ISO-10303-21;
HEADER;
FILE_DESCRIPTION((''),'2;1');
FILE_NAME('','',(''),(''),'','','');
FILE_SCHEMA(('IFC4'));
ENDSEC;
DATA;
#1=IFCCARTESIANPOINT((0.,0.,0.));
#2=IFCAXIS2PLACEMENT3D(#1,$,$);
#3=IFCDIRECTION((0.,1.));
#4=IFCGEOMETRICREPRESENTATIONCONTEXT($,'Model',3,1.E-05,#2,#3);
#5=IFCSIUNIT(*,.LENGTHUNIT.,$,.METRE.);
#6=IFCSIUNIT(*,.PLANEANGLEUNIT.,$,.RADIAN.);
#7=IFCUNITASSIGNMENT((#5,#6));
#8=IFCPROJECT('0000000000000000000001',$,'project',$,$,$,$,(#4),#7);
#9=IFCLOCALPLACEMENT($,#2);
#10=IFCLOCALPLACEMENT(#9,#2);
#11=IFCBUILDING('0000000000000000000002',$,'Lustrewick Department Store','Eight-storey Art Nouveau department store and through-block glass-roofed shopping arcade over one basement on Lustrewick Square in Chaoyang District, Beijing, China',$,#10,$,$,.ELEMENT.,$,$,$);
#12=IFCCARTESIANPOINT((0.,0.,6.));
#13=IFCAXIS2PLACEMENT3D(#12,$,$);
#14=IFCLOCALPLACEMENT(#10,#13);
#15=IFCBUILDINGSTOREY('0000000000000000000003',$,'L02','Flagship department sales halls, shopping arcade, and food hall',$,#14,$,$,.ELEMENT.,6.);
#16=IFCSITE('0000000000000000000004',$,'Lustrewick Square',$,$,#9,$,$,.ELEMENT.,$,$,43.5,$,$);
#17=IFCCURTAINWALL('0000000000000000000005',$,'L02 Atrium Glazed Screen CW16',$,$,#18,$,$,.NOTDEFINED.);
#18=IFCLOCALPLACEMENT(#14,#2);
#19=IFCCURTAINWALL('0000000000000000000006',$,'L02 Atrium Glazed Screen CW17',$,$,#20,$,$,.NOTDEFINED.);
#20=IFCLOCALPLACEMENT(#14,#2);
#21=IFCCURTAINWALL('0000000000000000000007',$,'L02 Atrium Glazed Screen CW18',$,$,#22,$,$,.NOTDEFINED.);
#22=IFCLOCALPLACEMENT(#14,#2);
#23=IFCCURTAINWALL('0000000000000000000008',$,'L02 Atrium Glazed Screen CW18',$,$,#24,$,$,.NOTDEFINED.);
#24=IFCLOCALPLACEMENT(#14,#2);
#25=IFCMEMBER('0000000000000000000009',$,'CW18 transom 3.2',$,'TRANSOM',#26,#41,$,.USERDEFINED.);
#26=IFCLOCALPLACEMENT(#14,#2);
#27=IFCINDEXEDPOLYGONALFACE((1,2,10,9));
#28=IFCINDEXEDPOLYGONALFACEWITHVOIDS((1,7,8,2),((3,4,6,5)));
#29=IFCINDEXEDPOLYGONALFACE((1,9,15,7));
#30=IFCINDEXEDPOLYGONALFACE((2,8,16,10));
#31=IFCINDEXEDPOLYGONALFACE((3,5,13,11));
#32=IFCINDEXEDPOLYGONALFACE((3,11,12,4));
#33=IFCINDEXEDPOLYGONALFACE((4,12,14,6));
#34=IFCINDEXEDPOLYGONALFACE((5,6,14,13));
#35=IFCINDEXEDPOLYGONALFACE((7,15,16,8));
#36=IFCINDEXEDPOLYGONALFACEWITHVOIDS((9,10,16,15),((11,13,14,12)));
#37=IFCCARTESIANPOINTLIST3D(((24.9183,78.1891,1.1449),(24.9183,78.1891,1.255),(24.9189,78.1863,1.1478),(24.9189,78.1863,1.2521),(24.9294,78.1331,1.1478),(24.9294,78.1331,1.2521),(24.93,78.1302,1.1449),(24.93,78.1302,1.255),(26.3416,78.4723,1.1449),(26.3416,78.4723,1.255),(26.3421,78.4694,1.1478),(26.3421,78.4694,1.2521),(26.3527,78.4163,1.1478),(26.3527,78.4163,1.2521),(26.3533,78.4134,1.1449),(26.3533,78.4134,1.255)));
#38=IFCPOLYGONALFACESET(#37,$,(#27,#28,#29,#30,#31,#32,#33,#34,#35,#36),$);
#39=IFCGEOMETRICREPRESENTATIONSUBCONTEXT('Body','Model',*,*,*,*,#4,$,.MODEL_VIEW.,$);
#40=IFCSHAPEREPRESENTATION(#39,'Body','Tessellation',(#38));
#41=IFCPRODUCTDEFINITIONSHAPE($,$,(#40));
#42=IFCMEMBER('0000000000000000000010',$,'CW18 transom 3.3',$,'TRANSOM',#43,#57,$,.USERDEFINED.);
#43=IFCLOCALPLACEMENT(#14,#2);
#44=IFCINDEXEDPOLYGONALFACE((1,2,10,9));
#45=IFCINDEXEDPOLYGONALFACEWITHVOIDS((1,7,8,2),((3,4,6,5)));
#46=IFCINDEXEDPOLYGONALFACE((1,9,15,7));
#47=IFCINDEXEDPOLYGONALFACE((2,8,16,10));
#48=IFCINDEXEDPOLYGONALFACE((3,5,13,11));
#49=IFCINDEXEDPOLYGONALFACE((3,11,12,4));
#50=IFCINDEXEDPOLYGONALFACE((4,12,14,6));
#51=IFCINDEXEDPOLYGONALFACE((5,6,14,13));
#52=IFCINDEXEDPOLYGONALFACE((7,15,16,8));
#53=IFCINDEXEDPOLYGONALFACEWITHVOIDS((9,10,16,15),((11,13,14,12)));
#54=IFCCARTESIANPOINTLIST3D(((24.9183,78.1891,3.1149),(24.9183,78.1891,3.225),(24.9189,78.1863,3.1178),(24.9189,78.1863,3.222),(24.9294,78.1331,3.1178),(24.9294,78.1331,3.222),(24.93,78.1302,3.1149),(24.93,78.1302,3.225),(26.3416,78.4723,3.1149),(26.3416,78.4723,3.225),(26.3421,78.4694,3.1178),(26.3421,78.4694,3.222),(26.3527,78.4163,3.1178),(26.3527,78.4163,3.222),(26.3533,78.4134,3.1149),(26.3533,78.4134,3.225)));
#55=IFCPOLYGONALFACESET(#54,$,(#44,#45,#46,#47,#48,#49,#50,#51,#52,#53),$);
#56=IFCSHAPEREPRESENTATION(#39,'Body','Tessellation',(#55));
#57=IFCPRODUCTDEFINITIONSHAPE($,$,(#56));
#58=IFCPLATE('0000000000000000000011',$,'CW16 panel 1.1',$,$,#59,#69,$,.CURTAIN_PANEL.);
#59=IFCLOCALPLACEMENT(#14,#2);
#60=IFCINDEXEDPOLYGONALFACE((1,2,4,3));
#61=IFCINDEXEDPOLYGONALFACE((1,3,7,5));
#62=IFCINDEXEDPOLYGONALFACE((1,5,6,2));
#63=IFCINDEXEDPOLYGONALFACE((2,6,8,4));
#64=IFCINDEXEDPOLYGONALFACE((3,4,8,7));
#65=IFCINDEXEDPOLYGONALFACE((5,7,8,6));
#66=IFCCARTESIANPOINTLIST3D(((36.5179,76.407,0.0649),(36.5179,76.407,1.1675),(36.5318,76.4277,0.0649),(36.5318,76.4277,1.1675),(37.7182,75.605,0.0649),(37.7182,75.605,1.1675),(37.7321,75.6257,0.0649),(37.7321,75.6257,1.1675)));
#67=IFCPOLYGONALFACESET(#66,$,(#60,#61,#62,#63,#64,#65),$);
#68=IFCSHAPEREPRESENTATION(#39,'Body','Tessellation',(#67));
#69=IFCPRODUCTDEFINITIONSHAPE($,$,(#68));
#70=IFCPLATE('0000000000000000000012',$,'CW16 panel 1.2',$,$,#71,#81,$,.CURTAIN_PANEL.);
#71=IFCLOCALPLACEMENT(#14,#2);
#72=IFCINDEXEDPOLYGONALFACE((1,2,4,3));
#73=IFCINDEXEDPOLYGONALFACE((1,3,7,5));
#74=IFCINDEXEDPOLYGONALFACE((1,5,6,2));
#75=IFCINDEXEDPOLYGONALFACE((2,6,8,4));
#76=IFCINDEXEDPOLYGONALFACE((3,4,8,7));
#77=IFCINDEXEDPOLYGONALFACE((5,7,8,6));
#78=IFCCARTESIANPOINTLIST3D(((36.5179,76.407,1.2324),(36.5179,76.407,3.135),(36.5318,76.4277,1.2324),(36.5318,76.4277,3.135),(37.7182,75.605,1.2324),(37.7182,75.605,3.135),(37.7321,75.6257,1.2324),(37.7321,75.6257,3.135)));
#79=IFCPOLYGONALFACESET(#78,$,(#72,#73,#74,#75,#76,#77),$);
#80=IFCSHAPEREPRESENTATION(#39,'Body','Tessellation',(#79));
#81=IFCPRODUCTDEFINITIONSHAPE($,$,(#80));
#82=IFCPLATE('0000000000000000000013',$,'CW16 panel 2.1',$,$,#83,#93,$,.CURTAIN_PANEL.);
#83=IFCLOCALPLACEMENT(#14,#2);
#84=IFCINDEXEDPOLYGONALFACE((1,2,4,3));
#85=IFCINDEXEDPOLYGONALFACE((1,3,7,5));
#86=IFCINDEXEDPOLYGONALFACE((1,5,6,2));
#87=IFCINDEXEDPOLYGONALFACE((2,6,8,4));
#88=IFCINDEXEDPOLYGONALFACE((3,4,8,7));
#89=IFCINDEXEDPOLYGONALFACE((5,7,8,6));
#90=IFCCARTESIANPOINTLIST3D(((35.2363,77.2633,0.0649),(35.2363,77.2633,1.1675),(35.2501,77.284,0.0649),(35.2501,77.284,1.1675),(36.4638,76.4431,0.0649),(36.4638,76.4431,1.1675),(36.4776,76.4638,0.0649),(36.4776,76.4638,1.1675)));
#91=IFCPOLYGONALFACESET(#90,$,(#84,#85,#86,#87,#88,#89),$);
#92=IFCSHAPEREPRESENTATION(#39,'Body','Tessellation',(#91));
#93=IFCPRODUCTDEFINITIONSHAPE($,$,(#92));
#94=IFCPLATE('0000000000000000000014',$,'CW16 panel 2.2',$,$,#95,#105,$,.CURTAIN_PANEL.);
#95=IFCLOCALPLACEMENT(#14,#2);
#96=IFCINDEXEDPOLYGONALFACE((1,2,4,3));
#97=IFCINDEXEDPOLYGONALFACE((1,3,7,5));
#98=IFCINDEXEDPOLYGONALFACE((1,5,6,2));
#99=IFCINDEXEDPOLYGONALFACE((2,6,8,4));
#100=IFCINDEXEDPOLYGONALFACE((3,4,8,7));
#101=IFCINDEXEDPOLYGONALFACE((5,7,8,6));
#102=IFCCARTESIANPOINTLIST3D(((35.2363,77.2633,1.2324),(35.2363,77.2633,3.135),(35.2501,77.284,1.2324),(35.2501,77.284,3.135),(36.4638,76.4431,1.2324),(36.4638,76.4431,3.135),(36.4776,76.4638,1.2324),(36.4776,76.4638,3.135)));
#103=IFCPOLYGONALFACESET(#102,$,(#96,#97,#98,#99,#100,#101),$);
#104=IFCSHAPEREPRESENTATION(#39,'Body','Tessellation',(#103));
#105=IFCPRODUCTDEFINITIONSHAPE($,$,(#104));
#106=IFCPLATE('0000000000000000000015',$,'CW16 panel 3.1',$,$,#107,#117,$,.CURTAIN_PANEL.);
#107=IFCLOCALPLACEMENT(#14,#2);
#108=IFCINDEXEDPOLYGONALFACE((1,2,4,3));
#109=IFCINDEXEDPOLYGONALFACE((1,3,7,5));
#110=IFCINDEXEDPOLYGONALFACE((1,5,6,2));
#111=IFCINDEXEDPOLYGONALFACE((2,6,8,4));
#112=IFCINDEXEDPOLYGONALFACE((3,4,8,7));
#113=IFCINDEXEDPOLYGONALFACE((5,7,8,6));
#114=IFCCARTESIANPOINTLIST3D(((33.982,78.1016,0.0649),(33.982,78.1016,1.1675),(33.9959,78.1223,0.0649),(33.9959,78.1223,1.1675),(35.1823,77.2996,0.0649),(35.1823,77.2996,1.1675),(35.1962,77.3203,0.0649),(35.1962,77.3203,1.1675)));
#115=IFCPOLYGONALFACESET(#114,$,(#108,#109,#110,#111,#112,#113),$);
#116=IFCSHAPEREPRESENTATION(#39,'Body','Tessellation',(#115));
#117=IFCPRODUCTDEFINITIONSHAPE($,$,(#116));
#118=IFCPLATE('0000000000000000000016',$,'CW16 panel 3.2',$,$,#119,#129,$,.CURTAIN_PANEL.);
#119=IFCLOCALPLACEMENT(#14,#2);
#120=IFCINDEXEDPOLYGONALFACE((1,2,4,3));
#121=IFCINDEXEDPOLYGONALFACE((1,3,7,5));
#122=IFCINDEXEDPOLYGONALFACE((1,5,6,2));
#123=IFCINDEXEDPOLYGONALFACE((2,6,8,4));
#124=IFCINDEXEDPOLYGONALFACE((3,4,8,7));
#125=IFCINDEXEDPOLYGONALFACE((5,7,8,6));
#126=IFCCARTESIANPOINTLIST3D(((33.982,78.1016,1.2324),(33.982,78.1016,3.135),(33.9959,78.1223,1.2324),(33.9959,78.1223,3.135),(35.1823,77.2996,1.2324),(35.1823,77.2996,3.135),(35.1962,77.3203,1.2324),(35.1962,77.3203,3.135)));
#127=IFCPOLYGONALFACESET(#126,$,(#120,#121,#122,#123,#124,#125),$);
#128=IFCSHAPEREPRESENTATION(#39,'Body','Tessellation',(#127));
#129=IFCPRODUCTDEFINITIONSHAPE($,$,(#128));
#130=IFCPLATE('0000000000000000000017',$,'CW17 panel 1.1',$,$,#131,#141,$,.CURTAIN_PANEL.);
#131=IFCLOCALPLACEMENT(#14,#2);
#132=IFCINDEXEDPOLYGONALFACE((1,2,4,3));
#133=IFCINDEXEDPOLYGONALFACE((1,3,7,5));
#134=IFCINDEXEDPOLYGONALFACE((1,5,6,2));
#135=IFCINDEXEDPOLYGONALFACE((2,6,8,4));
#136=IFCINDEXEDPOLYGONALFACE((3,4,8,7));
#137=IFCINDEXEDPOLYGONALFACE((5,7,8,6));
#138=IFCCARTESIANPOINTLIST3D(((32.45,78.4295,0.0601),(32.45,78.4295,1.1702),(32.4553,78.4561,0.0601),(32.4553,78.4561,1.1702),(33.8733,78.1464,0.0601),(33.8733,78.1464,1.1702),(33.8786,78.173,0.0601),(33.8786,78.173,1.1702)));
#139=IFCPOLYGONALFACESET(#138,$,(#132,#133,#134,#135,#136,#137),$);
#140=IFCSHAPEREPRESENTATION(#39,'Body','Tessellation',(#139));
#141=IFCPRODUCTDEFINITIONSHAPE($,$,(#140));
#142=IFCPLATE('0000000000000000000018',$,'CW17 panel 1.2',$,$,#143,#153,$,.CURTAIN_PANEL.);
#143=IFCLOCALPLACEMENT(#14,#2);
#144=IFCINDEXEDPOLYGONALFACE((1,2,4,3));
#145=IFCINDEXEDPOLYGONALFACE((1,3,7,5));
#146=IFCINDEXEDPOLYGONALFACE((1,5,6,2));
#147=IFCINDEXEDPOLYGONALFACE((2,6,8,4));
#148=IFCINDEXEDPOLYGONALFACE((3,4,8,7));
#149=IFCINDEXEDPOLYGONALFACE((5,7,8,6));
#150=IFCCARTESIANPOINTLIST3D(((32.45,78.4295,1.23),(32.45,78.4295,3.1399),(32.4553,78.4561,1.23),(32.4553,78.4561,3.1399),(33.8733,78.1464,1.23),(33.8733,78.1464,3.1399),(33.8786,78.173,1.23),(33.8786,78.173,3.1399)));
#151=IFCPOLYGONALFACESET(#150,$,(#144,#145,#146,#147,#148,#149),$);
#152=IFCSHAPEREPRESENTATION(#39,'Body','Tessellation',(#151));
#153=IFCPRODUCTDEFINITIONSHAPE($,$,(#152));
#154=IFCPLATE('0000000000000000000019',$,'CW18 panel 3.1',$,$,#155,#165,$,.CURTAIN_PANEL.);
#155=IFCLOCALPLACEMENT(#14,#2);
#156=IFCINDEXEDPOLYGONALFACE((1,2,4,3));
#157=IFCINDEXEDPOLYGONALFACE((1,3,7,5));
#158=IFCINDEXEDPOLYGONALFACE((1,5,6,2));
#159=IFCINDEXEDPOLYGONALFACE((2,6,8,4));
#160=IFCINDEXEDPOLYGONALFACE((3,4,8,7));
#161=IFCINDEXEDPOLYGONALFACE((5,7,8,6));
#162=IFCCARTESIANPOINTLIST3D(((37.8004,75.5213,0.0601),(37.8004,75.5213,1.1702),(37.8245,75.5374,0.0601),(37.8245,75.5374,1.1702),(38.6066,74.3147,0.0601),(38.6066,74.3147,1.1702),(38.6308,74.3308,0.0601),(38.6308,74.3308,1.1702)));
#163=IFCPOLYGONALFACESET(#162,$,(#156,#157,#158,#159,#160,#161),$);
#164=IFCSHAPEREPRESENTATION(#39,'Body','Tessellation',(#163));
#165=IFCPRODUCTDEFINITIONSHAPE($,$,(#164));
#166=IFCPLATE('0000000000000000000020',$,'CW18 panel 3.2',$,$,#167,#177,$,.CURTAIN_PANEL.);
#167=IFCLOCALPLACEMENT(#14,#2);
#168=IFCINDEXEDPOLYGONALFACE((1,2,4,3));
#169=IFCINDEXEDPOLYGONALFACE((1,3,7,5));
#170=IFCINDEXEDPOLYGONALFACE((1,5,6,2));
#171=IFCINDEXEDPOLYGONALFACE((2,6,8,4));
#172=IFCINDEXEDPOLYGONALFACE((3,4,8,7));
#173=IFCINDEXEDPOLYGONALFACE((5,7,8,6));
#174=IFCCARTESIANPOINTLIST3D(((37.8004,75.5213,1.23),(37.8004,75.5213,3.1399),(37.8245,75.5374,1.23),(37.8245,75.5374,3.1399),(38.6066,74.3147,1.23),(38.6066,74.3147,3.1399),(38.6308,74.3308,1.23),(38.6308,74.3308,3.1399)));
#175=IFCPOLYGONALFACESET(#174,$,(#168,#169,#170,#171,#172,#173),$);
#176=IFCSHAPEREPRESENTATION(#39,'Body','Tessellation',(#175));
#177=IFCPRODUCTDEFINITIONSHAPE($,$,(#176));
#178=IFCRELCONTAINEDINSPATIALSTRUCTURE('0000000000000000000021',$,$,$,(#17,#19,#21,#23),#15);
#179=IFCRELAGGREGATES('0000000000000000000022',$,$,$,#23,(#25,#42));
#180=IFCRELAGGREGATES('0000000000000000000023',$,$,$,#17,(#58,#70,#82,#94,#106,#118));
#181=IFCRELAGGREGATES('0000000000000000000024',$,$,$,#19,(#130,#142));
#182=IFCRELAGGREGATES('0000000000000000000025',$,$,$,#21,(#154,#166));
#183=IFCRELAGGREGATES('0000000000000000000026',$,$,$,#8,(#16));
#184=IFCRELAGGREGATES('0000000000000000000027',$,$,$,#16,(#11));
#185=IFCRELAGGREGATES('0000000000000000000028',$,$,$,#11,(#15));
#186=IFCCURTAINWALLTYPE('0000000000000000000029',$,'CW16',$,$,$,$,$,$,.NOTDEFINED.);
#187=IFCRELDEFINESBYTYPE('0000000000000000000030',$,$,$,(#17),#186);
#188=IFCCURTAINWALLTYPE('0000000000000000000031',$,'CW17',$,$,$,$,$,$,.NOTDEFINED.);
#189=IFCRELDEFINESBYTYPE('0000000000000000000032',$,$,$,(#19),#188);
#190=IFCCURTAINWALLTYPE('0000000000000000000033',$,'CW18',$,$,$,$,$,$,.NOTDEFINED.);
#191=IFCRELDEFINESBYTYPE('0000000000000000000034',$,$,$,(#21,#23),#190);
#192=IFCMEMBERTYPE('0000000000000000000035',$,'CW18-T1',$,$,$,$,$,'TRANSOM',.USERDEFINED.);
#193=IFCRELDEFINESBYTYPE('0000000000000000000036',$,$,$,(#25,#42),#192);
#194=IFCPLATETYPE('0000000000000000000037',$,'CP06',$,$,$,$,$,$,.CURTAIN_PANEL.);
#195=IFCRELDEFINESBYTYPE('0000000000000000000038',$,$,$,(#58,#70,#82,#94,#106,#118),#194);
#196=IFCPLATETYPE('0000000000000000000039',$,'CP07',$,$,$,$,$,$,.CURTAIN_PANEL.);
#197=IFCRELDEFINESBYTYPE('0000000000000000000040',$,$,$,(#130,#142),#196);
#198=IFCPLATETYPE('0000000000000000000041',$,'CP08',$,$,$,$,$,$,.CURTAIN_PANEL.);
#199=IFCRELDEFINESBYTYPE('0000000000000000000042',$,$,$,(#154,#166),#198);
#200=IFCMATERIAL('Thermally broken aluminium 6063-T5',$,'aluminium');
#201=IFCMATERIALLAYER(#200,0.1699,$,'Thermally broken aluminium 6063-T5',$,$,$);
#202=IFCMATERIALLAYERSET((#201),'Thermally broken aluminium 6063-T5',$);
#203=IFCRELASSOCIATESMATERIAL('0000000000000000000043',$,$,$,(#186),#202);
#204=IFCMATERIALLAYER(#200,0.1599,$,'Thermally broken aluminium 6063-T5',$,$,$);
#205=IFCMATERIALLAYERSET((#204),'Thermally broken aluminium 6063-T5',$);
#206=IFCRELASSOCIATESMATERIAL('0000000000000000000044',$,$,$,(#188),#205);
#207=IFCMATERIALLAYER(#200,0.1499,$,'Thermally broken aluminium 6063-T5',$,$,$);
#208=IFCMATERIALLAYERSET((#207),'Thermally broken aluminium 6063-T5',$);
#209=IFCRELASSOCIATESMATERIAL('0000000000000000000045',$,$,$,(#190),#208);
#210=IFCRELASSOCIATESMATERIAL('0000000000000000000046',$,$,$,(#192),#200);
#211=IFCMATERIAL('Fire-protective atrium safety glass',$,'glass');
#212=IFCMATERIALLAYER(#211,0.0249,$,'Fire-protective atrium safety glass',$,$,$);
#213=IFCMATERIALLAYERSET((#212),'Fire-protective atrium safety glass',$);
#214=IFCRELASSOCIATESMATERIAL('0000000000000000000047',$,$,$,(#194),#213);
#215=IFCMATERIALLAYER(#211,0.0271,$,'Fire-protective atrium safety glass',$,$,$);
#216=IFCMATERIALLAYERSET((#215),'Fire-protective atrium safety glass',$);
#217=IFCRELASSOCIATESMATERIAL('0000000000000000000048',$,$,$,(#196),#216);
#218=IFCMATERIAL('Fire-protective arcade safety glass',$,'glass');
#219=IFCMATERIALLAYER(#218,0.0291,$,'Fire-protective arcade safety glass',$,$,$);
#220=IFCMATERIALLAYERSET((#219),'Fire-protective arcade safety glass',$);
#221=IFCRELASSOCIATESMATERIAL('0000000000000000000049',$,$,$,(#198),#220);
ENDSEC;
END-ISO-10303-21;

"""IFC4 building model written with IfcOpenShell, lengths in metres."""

from ifc_helpers import new_model, si_unit, direction, frame, origin, origin_2d, place, context, subcontext, project, spatial, rectangle, hollow_rectangle, extrude, material, layer, layer_set, material_profile, profile_set, type_object, element, aggregate, save


model = new_model("IFC4")

# Units and contexts
model_context = context("Model", 3, precision=1e-05, world=origin(), true_north=direction((0.0, 1.0)))
body_context = subcontext(model_context, "Body", "Model", "MODEL_VIEW")
ifc_project = project(units=[si_unit("LENGTHUNIT", "METRE"), si_unit("PLANEANGLEUNIT", "RADIAN")], contexts=[model_context])

# Site, building, storey
site_placement = place(None, origin())
site = spatial("IfcSite", under=ifc_project, at=site_placement, Name="Lustrewick Square", CompositionType="ELEMENT", RefElevation=43.5)
building_placement = place(site_placement, origin())
building = spatial("IfcBuilding", under=site, at=building_placement, Name="Lustrewick Department Store", Description="Eight-storey Art Nouveau department store and through-block glass-roofed shopping arcade over one basement on Lustrewick Square in Chaoyang District, Beijing, China", CompositionType="ELEMENT")
storey_placement = place(building_placement, frame((0.0, 0.0, 6.0)))
storey = spatial("IfcBuildingStorey", under=building, at=storey_placement, Name="L02", Description="Flagship department sales halls, shopping arcade, and food hall", CompositionType="ELEMENT", Elevation=6.0)

# Curtain walls
ifc_material_1 = material(Name="Thermally broken aluminium 6063-T5", Category="aluminium")
ifc_layer_1 = layer(ifc_material_1, 0.1699, Name="Thermally broken aluminium 6063-T5")
ifc_layer_set_1 = layer_set([ifc_layer_1], Name="Thermally broken aluminium 6063-T5")
curtain_wall_type_1 = type_object("IfcCurtainWallType", Name="CW16", PredefinedType="NOTDEFINED", material=ifc_layer_set_1)
curtain_wall_1_placement = place(storey_placement, origin())
curtain_wall_1 = element("IfcCurtainWall", 1, at=curtain_wall_1_placement, inside=storey, type_object=curtain_wall_type_1, Name="L02 Atrium Glazed Screen CW16", PredefinedType="NOTDEFINED")
ifc_layer_2 = layer(ifc_material_1, 0.1599, Name="Thermally broken aluminium 6063-T5")
ifc_layer_set_2 = layer_set([ifc_layer_2], Name="Thermally broken aluminium 6063-T5")
curtain_wall_type_2 = type_object("IfcCurtainWallType", Name="CW17", PredefinedType="NOTDEFINED", material=ifc_layer_set_2)
curtain_wall_2_placement = place(storey_placement, origin())
curtain_wall_2 = element("IfcCurtainWall", 2, at=curtain_wall_2_placement, inside=storey, type_object=curtain_wall_type_2, Name="L02 Atrium Glazed Screen CW17", PredefinedType="NOTDEFINED")

# Curtain walls
ifc_layer_3 = layer(ifc_material_1, 0.1499, Name="Thermally broken aluminium 6063-T5")
ifc_layer_set_3 = layer_set([ifc_layer_3], Name="Thermally broken aluminium 6063-T5")
curtain_wall_type_3 = type_object("IfcCurtainWallType", Name="CW18", PredefinedType="NOTDEFINED", material=ifc_layer_set_3)
curtain_wall_3_placement = place(storey_placement, origin())
curtain_wall_3 = element("IfcCurtainWall", 3, at=curtain_wall_3_placement, inside=storey, type_object=curtain_wall_type_3, Name="L02 Atrium Glazed Screen CW18", PredefinedType="NOTDEFINED")
curtain_wall_4_placement = place(storey_placement, origin())
curtain_wall_4 = element("IfcCurtainWall", 4, at=curtain_wall_4_placement, inside=storey, type_object=curtain_wall_type_3, Name="L02 Atrium Glazed Screen CW18", PredefinedType="NOTDEFINED")

# Members
ifc_material_profile_1 = material_profile(ifc_material_1, hollow_rectangle(XDim=0.0601, YDim=0.1101, WallThickness=0.0029, at=origin_2d()), Name="ALU-T 60x110x3")
ifc_profile_set_1 = profile_set([ifc_material_profile_1], Name="Thermally broken aluminium 6063-T5")
member_type_1 = type_object("IfcMemberType", Name="CW18-T1", ElementType="TRANSOM", PredefinedType="USERDEFINED", material=ifc_profile_set_1)
member_1_placement = place(storey_placement, frame((26.3474, 78.4429, 1.2), z_axis=(-0.980774, -0.195145, 0.0), x_axis=(0.195145, -0.980774, 0.0)))
member_1 = element("IfcMember", 5, at=member_1_placement, type_object=member_type_1, Name="CW18 transom 3.2", ObjectType="TRANSOM", PredefinedType="USERDEFINED", context=body_context, shape_type="SweptSolid", body=[
    extrude(hollow_rectangle(XDim=0.0601, YDim=0.1101, WallThickness=0.0029, at=origin_2d()), origin(), (0.0, 0.0, 1.0), 1.4512),
])
member_2_placement = place(storey_placement, frame((26.3474, 78.4429, 3.1699), z_axis=(-0.980774, -0.195145, 0.0), x_axis=(0.195145, -0.980774, 0.0)))
member_2 = element("IfcMember", 6, at=member_2_placement, type_object=member_type_1, Name="CW18 transom 3.3", ObjectType="TRANSOM", PredefinedType="USERDEFINED", context=body_context, shape_type="SweptSolid", body=[
    extrude(hollow_rectangle(XDim=0.0601, YDim=0.1101, WallThickness=0.0029, at=origin_2d()), origin(), (0.0, 0.0, 1.0), 1.4512),
])
aggregate(curtain_wall_4, [member_1, member_2])

# Plates
ifc_material_2 = material(Name="Fire-protective atrium safety glass", Category="glass")
ifc_layer_4 = layer(ifc_material_2, 0.0249, Name="Fire-protective atrium safety glass")
ifc_layer_set_4 = layer_set([ifc_layer_4], Name="Fire-protective atrium safety glass")
plate_type_1 = type_object("IfcPlateType", Name="CP06", PredefinedType="CURTAIN_PANEL", material=ifc_layer_set_4)
plate_1_placement = place(storey_placement, frame((37.125, 76.0164, 0.0649), z_axis=(0.0, 0.0, 1.0), x_axis=(-0.831464, 0.555578, 0.0)))
plate_1 = element("IfcPlate", 7, at=plate_1_placement, type_object=plate_type_1, Name="CW16 panel 1.1", PredefinedType="CURTAIN_PANEL", context=body_context, shape_type="SweptSolid", body=[
    extrude(rectangle(XDim=1.4436, YDim=0.0249, at=origin_2d()), origin(), (0.0, 0.0, 1.0), 1.1025),
])
plate_2_placement = place(storey_placement, frame((37.125, 76.0164, 1.2324), z_axis=(0.0, 0.0, 1.0), x_axis=(-0.831464, 0.555578, 0.0)))
plate_2 = element("IfcPlate", 8, at=plate_2_placement, type_object=plate_type_1, Name="CW16 panel 1.2", PredefinedType="CURTAIN_PANEL", context=body_context, shape_type="SweptSolid", body=[
    extrude(rectangle(XDim=1.4436, YDim=0.0249, at=origin_2d()), origin(), (0.0, 0.0, 1.0), 1.9026),
])
plate_3_placement = place(storey_placement, frame((35.8569, 76.8635, 0.0649), z_axis=(0.0, 0.0, 1.0), x_axis=(-0.831464, 0.555578, 0.0)))
plate_3 = element("IfcPlate", 9, at=plate_3_placement, type_object=plate_type_1, Name="CW16 panel 2.1", PredefinedType="CURTAIN_PANEL", context=body_context, shape_type="SweptSolid", body=[
    extrude(rectangle(XDim=1.4763, YDim=0.0249, at=origin_2d()), origin(), (0.0, 0.0, 1.0), 1.1025),
])
plate_4_placement = place(storey_placement, frame((35.8569, 76.8635, 1.2324), z_axis=(0.0, 0.0, 1.0), x_axis=(-0.831464, 0.555578, 0.0)))
plate_4 = element("IfcPlate", 10, at=plate_4_placement, type_object=plate_type_1, Name="CW16 panel 2.2", PredefinedType="CURTAIN_PANEL", context=body_context, shape_type="SweptSolid", body=[
    extrude(rectangle(XDim=1.4763, YDim=0.0249, at=origin_2d()), origin(), (0.0, 0.0, 1.0), 1.9026),
])
plate_5_placement = place(storey_placement, frame((34.5891, 77.7109, 0.0649), z_axis=(0.0, 0.0, 1.0), x_axis=(-0.831464, 0.555578, 0.0)))
plate_5 = element("IfcPlate", 11, at=plate_5_placement, type_object=plate_type_1, Name="CW16 panel 3.1", PredefinedType="CURTAIN_PANEL", context=body_context, shape_type="SweptSolid", body=[
    extrude(rectangle(XDim=1.4436, YDim=0.0249, at=origin_2d()), origin(), (0.0, 0.0, 1.0), 1.1025),
])
plate_6_placement = place(storey_placement, frame((34.5891, 77.7109, 1.2324), z_axis=(0.0, 0.0, 1.0), x_axis=(-0.831464, 0.555578, 0.0)))
plate_6 = element("IfcPlate", 12, at=plate_6_placement, type_object=plate_type_1, Name="CW16 panel 3.2", PredefinedType="CURTAIN_PANEL", context=body_context, shape_type="SweptSolid", body=[
    extrude(rectangle(XDim=1.4436, YDim=0.0249, at=origin_2d()), origin(), (0.0, 0.0, 1.0), 1.9026),
])
aggregate(curtain_wall_1, [plate_1, plate_2, plate_3, plate_4, plate_5, plate_6])
ifc_layer_5 = layer(ifc_material_2, 0.0271, Name="Fire-protective atrium safety glass")
ifc_layer_set_5 = layer_set([ifc_layer_5], Name="Fire-protective atrium safety glass")
plate_type_2 = type_object("IfcPlateType", Name="CP07", PredefinedType="CURTAIN_PANEL", material=ifc_layer_set_5)
plate_7_placement = place(storey_placement, frame((33.1643, 78.3013, 0.0601), z_axis=(0.0, 0.0, 1.0), x_axis=(-0.980786, 0.195085, 0.0)))
plate_7 = element("IfcPlate", 13, at=plate_7_placement, type_object=plate_type_2, Name="CW17 panel 1.1", PredefinedType="CURTAIN_PANEL", context=body_context, shape_type="SweptSolid", body=[
    extrude(rectangle(XDim=1.4512, YDim=0.0271, at=origin_2d()), origin(), (0.0, 0.0, 1.0), 1.1101),
])
plate_8_placement = place(storey_placement, frame((33.1643, 78.3013, 1.23), z_axis=(0.0, 0.0, 1.0), x_axis=(-0.980786, 0.195085, 0.0)))
plate_8 = element("IfcPlate", 14, at=plate_8_placement, type_object=plate_type_2, Name="CW17 panel 1.2", PredefinedType="CURTAIN_PANEL", context=body_context, shape_type="SweptSolid", body=[
    extrude(rectangle(XDim=1.4512, YDim=0.0271, at=origin_2d()), origin(), (0.0, 0.0, 1.0), 1.9099),
])
aggregate(curtain_wall_2, [plate_7, plate_8])
ifc_material_3 = material(Name="Fire-protective arcade safety glass", Category="glass")
ifc_layer_6 = layer(ifc_material_3, 0.0291, Name="Fire-protective arcade safety glass")
ifc_layer_set_6 = layer_set([ifc_layer_6], Name="Fire-protective arcade safety glass")
plate_type_3 = type_object("IfcPlateType", Name="CP08", PredefinedType="CURTAIN_PANEL", material=ifc_layer_set_6)
plate_9_placement = place(storey_placement, frame((38.2156, 74.926, 0.0601), z_axis=(0.0, 0.0, 1.0), x_axis=(-0.555578, 0.831464, 0.0)))
plate_9 = element("IfcPlate", 15, at=plate_9_placement, type_object=plate_type_3, Name="CW18 panel 3.1", PredefinedType="CURTAIN_PANEL", context=body_context, shape_type="SweptSolid", body=[
    extrude(rectangle(XDim=1.4512, YDim=0.0291, at=origin_2d()), origin(), (0.0, 0.0, 1.0), 1.1101),
])
plate_10_placement = place(storey_placement, frame((38.2156, 74.926, 1.23), z_axis=(0.0, 0.0, 1.0), x_axis=(-0.555578, 0.831464, 0.0)))
plate_10 = element("IfcPlate", 16, at=plate_10_placement, type_object=plate_type_3, Name="CW18 panel 3.2", PredefinedType="CURTAIN_PANEL", context=body_context, shape_type="SweptSolid", body=[
    extrude(rectangle(XDim=1.4512, YDim=0.0291, at=origin_2d()), origin(), (0.0, 0.0, 1.0), 1.9099),
])
aggregate(curtain_wall_3, [plate_9, plate_10])

save(model, "model.ifc")
